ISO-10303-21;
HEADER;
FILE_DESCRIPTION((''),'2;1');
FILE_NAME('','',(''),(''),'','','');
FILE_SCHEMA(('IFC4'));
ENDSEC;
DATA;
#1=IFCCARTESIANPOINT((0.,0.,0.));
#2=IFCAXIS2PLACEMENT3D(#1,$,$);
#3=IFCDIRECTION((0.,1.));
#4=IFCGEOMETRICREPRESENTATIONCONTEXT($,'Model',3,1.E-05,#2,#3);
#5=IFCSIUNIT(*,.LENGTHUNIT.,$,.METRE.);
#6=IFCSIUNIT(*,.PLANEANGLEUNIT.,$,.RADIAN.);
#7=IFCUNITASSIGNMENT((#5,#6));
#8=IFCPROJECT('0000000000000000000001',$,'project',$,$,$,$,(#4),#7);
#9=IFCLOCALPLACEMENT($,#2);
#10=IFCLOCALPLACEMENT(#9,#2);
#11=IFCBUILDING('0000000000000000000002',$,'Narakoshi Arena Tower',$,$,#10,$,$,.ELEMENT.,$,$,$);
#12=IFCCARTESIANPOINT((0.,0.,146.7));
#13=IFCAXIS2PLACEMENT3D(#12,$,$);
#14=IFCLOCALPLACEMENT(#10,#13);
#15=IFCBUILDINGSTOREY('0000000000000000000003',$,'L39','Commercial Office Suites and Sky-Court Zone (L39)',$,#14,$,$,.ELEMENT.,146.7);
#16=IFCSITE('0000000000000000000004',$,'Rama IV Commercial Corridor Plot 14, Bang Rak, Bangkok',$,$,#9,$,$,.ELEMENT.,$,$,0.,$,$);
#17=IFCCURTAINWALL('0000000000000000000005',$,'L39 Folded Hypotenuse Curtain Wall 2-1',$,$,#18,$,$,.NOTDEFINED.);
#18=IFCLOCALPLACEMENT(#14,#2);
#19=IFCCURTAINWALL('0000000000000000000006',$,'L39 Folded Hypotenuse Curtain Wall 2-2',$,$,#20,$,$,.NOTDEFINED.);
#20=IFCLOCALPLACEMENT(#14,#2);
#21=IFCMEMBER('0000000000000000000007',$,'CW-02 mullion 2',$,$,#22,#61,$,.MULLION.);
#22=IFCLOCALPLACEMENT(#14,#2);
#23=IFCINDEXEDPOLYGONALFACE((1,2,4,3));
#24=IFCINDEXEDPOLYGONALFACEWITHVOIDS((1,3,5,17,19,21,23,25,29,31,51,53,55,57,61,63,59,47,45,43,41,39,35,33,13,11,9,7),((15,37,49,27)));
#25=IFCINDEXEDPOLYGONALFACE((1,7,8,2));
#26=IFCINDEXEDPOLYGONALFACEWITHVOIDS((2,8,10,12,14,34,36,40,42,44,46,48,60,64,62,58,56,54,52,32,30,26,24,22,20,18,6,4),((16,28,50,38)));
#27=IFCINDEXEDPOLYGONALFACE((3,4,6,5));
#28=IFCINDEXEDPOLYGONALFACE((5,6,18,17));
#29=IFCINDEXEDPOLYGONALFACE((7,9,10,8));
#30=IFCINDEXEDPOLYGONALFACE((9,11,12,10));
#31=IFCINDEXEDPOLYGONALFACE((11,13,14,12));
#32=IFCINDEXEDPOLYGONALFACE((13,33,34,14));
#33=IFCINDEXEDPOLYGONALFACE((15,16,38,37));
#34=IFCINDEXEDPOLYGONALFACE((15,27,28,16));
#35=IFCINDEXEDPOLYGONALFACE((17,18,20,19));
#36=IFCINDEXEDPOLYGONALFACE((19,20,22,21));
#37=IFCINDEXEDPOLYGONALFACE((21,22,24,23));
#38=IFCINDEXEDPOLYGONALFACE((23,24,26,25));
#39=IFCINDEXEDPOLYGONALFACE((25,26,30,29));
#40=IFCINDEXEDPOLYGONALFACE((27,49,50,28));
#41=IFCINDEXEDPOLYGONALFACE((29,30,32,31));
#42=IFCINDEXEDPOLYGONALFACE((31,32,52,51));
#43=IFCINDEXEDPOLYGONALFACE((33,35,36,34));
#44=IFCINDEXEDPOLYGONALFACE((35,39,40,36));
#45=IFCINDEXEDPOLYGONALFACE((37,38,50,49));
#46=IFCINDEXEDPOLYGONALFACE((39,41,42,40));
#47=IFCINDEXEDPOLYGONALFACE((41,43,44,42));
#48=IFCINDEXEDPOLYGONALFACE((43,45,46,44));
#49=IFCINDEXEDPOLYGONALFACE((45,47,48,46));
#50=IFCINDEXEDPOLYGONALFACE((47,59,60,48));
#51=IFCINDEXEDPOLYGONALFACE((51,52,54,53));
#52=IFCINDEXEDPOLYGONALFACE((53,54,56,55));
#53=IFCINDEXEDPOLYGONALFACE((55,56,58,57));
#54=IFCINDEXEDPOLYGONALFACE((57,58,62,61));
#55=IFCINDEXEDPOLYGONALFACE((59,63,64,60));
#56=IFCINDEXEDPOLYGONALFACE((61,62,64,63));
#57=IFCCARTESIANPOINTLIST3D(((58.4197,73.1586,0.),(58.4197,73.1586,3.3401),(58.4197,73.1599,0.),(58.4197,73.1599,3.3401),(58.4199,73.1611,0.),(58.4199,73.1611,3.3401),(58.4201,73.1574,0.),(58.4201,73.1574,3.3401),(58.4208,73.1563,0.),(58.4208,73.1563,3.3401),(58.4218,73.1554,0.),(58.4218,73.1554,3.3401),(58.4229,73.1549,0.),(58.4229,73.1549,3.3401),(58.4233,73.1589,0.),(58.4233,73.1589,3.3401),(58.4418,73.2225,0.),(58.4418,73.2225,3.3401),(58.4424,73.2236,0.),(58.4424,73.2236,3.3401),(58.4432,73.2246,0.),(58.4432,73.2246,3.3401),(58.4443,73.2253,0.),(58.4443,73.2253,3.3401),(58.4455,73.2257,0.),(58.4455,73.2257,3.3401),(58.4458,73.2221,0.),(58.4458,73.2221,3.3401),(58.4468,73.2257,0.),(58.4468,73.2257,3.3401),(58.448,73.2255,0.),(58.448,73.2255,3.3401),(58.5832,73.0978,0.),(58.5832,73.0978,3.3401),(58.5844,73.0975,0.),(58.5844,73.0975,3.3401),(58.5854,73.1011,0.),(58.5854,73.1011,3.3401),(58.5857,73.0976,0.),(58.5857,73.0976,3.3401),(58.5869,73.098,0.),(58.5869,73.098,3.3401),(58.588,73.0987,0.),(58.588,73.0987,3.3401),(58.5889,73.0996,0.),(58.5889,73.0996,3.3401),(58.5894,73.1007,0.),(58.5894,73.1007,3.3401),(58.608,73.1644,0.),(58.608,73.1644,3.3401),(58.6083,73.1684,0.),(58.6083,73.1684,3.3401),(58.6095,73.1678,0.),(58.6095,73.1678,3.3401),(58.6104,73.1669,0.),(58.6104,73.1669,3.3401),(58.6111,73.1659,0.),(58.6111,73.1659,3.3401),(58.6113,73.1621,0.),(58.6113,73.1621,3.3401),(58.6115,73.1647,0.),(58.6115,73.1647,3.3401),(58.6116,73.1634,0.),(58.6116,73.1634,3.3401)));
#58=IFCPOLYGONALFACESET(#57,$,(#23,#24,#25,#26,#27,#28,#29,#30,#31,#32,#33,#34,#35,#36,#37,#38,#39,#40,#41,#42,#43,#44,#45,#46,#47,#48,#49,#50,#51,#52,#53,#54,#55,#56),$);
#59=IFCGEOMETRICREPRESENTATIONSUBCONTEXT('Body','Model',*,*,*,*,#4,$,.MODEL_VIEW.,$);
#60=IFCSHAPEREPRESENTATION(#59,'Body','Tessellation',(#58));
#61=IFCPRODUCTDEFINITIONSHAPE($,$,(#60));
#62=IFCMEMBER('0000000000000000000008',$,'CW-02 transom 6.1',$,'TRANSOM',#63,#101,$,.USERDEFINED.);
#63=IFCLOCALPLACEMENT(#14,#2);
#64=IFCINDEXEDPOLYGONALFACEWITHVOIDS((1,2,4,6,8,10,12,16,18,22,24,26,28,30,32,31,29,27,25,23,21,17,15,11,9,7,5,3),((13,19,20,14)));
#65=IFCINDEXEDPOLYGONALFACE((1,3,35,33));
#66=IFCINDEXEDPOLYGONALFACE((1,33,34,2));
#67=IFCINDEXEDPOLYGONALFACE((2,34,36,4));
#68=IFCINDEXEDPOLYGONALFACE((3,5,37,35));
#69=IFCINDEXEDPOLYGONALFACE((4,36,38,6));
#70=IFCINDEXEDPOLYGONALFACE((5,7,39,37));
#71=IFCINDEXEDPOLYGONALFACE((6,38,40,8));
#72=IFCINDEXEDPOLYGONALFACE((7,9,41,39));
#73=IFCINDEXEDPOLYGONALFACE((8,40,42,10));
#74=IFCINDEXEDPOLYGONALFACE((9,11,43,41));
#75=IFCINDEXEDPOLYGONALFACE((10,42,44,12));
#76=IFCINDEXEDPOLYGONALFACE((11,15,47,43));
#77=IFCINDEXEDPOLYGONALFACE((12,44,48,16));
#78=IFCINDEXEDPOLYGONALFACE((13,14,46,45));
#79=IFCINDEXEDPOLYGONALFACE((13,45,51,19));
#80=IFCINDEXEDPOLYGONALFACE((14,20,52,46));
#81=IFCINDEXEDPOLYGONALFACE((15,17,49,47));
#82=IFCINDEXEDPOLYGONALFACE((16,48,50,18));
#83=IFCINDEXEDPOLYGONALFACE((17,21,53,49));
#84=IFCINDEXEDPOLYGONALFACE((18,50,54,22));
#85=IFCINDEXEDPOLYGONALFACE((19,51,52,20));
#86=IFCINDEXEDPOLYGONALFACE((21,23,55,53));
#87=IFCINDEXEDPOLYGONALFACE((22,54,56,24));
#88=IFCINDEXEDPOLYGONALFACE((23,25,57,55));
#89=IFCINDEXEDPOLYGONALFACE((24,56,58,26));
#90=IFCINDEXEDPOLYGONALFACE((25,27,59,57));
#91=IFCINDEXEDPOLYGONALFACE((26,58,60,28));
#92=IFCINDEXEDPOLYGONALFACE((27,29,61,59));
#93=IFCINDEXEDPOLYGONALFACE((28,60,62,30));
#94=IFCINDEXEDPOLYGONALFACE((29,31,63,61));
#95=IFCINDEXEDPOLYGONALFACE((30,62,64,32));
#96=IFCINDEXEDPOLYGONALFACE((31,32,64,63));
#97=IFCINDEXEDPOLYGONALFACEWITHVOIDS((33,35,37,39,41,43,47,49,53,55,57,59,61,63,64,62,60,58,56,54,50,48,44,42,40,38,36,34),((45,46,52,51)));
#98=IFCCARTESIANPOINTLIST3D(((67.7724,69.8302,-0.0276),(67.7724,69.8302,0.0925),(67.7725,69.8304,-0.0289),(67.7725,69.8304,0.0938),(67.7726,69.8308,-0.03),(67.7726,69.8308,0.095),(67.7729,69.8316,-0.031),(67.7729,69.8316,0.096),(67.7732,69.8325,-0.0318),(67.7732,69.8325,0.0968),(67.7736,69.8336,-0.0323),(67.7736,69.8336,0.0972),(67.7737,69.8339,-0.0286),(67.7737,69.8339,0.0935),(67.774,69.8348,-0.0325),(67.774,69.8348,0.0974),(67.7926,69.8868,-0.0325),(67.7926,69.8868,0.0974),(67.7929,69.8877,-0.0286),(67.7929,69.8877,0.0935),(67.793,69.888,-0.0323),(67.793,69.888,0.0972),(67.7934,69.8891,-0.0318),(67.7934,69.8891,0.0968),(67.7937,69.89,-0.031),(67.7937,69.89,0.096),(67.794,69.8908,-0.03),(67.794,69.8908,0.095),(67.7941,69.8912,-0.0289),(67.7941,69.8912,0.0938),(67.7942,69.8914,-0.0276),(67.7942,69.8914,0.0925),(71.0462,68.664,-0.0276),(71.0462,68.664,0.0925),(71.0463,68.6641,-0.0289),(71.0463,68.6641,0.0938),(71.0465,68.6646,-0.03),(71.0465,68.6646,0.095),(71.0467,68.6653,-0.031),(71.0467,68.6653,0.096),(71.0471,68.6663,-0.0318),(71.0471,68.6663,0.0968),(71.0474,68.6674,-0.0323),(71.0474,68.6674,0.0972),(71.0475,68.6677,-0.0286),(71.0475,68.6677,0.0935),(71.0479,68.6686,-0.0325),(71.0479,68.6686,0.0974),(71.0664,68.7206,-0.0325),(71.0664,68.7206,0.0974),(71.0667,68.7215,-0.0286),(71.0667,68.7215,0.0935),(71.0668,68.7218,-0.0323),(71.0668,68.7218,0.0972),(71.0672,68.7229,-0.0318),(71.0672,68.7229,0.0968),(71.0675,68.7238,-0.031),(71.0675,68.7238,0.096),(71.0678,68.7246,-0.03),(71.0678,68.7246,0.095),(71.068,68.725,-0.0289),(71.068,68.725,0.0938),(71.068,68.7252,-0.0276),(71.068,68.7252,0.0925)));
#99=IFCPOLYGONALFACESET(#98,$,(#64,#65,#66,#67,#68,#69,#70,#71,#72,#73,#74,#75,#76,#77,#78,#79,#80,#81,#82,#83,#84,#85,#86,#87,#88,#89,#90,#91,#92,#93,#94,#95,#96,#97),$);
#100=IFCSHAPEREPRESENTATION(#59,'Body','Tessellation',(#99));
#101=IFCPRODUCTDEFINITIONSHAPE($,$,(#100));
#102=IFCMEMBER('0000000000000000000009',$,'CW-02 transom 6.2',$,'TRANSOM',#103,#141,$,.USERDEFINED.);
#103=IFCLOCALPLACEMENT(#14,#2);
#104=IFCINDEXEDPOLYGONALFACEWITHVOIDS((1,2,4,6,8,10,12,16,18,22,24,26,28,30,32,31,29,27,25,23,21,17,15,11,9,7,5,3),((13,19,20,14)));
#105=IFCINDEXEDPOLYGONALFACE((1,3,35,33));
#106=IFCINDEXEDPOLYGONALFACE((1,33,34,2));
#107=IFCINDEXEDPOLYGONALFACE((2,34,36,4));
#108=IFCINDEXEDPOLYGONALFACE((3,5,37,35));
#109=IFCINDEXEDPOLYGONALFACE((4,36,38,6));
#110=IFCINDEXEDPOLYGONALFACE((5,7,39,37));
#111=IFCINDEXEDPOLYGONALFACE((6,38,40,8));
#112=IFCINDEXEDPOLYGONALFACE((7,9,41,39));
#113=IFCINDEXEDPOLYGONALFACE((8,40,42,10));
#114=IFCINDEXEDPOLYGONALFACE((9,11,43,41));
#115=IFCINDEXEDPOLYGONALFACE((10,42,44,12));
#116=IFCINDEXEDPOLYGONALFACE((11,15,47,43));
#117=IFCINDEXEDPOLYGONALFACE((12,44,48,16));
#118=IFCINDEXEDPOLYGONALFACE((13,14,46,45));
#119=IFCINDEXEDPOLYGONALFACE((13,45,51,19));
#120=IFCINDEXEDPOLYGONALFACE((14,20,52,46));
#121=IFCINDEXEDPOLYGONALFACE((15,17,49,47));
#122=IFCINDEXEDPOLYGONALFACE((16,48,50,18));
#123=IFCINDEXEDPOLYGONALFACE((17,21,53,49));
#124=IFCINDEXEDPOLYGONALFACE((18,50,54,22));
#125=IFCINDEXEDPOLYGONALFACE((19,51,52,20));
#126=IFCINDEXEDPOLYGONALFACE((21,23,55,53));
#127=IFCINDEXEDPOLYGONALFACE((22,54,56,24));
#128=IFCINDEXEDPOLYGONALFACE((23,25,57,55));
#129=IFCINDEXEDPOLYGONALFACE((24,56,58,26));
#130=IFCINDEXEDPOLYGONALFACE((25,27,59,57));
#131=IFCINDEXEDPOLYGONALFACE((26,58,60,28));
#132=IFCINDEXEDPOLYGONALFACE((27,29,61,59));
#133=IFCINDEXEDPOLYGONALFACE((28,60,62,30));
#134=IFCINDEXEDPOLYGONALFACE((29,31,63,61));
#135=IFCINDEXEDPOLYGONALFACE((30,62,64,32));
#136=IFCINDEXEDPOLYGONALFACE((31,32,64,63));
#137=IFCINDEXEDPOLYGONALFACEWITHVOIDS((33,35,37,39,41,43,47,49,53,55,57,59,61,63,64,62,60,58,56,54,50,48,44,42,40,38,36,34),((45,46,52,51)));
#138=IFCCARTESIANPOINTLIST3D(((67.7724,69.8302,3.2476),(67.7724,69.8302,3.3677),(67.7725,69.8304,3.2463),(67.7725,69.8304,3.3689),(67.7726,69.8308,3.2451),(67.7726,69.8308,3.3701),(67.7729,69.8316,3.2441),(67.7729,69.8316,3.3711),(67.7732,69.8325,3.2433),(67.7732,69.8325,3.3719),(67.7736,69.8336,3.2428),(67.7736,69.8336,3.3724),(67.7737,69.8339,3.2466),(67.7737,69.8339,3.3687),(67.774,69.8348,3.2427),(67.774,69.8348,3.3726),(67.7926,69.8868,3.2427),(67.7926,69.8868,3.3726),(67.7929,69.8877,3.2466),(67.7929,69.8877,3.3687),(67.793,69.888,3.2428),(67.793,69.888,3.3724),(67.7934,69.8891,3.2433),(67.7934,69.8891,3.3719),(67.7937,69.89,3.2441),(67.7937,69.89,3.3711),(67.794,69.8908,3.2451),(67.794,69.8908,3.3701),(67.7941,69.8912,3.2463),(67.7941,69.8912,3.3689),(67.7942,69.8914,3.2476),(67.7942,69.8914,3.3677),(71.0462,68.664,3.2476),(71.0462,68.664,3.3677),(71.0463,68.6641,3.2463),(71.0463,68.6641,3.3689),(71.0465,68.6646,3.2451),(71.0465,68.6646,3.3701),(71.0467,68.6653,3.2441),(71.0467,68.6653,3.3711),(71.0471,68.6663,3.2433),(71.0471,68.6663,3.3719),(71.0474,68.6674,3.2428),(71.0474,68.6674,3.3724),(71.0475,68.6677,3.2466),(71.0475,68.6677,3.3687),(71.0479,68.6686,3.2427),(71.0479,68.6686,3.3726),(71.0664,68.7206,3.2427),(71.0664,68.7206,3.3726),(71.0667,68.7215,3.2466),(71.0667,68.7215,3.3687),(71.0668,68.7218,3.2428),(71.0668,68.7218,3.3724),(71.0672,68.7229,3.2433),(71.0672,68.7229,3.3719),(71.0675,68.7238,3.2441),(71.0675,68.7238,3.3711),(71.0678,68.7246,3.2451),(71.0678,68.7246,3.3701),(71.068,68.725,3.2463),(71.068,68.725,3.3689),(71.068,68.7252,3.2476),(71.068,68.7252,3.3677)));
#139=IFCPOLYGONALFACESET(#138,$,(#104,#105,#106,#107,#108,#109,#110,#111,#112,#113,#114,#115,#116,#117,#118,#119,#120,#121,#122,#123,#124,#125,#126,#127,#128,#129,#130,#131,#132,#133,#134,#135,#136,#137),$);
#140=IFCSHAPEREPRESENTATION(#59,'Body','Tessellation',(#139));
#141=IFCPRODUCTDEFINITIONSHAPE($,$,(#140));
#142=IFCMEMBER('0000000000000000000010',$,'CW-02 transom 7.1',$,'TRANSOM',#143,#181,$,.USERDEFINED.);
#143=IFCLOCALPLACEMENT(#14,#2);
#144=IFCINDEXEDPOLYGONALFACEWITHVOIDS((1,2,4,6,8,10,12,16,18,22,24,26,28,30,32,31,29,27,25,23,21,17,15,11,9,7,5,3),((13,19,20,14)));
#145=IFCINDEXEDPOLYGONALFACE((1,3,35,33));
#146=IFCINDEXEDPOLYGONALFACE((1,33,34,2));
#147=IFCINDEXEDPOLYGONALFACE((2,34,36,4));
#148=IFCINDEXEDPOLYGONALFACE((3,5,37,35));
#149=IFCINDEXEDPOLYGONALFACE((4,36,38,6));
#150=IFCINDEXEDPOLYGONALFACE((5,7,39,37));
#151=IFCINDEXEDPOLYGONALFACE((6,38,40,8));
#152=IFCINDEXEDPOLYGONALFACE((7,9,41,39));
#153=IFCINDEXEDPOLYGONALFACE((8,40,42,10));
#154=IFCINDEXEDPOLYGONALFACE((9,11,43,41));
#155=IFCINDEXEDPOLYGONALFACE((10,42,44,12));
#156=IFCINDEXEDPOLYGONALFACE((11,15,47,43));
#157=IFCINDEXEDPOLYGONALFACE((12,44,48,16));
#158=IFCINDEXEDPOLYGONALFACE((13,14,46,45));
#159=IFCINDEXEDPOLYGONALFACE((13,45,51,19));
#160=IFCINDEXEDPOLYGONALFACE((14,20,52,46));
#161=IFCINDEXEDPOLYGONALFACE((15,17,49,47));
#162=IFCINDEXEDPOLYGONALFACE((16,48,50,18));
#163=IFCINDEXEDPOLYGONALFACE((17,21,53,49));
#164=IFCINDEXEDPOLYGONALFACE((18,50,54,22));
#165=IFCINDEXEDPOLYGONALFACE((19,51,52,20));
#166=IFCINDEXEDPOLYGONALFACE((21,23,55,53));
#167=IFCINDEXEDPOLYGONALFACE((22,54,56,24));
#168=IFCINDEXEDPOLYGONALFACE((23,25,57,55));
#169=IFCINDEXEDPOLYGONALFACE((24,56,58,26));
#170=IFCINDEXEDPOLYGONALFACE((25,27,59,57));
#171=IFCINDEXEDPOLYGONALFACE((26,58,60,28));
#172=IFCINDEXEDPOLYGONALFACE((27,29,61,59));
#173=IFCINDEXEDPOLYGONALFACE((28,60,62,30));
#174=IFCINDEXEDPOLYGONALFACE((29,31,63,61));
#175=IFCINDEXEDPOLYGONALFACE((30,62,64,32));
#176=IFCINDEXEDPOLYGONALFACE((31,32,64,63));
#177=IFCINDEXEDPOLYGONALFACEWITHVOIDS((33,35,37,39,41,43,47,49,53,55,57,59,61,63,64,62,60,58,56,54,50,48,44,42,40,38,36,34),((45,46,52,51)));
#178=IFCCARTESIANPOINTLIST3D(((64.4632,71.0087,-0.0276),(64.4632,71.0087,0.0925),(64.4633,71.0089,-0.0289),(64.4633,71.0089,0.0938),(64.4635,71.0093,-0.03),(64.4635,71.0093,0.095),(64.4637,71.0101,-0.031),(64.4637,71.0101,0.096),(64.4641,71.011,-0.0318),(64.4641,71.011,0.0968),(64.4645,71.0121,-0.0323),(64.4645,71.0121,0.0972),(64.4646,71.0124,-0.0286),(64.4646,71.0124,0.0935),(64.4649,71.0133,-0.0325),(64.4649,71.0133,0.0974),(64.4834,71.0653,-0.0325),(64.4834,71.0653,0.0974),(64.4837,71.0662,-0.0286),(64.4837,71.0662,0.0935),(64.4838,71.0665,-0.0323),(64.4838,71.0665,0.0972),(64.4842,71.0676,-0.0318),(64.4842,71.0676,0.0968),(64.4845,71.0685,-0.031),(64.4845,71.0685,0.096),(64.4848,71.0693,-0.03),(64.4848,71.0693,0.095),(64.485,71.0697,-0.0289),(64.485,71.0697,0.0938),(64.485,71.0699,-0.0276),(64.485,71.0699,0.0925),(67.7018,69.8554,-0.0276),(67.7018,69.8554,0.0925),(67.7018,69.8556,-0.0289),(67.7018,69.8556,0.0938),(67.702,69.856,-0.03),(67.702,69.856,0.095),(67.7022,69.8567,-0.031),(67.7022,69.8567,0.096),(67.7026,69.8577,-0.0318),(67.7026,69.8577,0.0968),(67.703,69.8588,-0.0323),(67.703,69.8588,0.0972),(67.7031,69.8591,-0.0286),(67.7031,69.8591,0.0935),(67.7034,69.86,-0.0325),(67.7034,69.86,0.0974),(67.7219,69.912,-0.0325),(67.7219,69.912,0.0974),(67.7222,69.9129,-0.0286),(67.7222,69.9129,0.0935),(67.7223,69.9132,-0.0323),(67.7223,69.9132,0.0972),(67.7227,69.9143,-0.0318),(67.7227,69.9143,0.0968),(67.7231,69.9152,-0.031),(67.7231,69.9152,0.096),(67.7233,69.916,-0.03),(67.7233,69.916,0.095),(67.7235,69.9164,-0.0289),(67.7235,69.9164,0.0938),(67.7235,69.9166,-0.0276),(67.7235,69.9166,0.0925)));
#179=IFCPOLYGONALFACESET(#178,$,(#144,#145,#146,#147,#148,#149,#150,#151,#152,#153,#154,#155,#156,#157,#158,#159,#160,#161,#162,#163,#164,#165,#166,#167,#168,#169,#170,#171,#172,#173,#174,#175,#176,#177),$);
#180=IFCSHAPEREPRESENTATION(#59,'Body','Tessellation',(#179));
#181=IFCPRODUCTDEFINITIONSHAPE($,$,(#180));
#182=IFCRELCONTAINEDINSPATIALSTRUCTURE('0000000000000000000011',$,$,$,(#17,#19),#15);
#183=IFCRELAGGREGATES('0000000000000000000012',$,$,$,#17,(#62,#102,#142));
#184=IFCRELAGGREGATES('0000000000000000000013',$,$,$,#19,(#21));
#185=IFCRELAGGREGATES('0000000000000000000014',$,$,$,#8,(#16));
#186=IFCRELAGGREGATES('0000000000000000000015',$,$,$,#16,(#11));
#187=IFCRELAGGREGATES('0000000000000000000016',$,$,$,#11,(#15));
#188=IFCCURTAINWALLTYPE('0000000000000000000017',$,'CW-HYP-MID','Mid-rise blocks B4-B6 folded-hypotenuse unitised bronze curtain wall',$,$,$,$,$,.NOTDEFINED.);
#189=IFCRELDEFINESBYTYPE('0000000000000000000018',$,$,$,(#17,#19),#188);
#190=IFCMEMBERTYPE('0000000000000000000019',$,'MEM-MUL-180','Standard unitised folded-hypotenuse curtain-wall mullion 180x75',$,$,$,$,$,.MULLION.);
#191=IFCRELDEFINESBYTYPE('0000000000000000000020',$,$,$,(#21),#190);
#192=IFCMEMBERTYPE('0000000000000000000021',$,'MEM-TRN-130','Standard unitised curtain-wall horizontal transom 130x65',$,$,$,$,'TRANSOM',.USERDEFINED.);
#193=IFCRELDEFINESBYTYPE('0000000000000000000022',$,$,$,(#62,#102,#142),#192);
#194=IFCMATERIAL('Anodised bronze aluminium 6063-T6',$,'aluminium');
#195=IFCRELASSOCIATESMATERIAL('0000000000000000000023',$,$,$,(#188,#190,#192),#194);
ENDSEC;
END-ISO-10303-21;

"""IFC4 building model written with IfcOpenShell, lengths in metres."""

from ifc_helpers import new_model, si_unit, direction, frame, origin, origin_2d, place, context, subcontext, project, spatial, hollow_rectangle, extrude, material, material_profile, profile_set, type_object, element, aggregate, save


model = new_model("IFC4")

# Units and contexts
model_context = context("Model", 3, precision=1e-05, world=origin(), true_north=direction((0.0, 1.0)))
body_context = subcontext(model_context, "Body", "Model", "MODEL_VIEW")
ifc_project = project(units=[si_unit("LENGTHUNIT", "METRE"), si_unit("PLANEANGLEUNIT", "RADIAN")], contexts=[model_context])

# Site, building, storey
site_placement = place(None, origin())
site = spatial("IfcSite", under=ifc_project, at=site_placement, Name="Rama IV Commercial Corridor Plot 14, Bang Rak, Bangkok", CompositionType="ELEMENT", RefElevation=0.0)
building_placement = place(site_placement, origin())
building = spatial("IfcBuilding", under=site, at=building_placement, Name="Narakoshi Arena Tower", CompositionType="ELEMENT")
storey_placement = place(building_placement, frame((0.0, 0.0, 146.7)))
storey = spatial("IfcBuildingStorey", under=building, at=storey_placement, Name="L39", Description="Commercial Office Suites and Sky-Court Zone (L39)", CompositionType="ELEMENT", Elevation=146.7)

# Curtain walls, member
ifc_material_1 = material(Name="Anodised bronze aluminium 6063-T6", Category="aluminium")
curtain_wall_type = type_object("IfcCurtainWallType", Name="CW-HYP-MID", Description="Mid-rise blocks B4-B6 folded-hypotenuse unitised bronze curtain wall", PredefinedType="NOTDEFINED", material=ifc_material_1)
curtain_wall_1_placement = place(storey_placement, origin())
curtain_wall_1 = element("IfcCurtainWall", 1, at=curtain_wall_1_placement, inside=storey, type_object=curtain_wall_type, Name="L39 Folded Hypotenuse Curtain Wall 2-1", PredefinedType="NOTDEFINED")
ifc_material_profile_1 = material_profile(ifc_material_1, hollow_rectangle(XDim=0.075, YDim=0.1799, WallThickness=0.0039, OuterFilletRadius=0.0049, at=origin_2d()), Name="MUL180x75x4")
ifc_profile_set_1 = profile_set([ifc_material_profile_1], Name="Anodised bronze aluminium 6063-T6")
member_type_1 = type_object("IfcMemberType", Name="MEM-MUL-180", Description="Standard unitised folded-hypotenuse curtain-wall mullion 180x75", PredefinedType="MULLION", material=ifc_profile_set_1)
curtain_wall_2_placement = place(storey_placement, origin())
curtain_wall_2 = element("IfcCurtainWall", 2, at=curtain_wall_2_placement, inside=storey, type_object=curtain_wall_type, Name="L39 Folded Hypotenuse Curtain Wall 2-2", PredefinedType="NOTDEFINED")
member_1_placement = place(storey_placement, frame((58.5156, 73.1616, 0.0), z_axis=(0.0, 0.0, 1.0), x_axis=(-0.335542, -0.942025, 0.0)))
member_1 = element("IfcMember", 3, at=member_1_placement, type_object=member_type_1, Name="CW-02 mullion 2", PredefinedType="MULLION", context=body_context, shape_type="SweptSolid", body=[
    extrude(hollow_rectangle(XDim=0.075, YDim=0.1799, WallThickness=0.0039, OuterFilletRadius=0.0049, at=origin_2d()), origin(), (0.0, 0.0, 1.0), 3.3401),
])

# Members
ifc_material_profile_2 = material_profile(ifc_material_1, hollow_rectangle(XDim=0.0649, YDim=0.1299, WallThickness=0.0039, OuterFilletRadius=0.0049, at=origin_2d()), Name="TRN130x65x4")
ifc_profile_set_2 = profile_set([ifc_material_profile_2], Name="Anodised bronze aluminium 6063-T6")
member_type_2 = type_object("IfcMemberType", Name="MEM-TRN-130", Description="Standard unitised curtain-wall horizontal transom 130x65", ElementType="TRANSOM", PredefinedType="USERDEFINED", material=ifc_profile_set_2)
member_2_placement = place(storey_placement, frame((71.0571, 68.6946, 0.0325), z_axis=(-0.942015, 0.335571, 0.0), x_axis=(-0.335571, -0.942015, 0.0)))
member_2 = element("IfcMember", 4, at=member_2_placement, type_object=member_type_2, Name="CW-02 transom 6.1", ObjectType="TRANSOM", PredefinedType="USERDEFINED", context=body_context, shape_type="SweptSolid", body=[
    extrude(hollow_rectangle(XDim=0.0649, YDim=0.1299, WallThickness=0.0039, OuterFilletRadius=0.0049, at=origin_2d()), origin(), (0.0, 0.0, 1.0), 3.4753),
])
member_3_placement = place(storey_placement, frame((71.0571, 68.6946, 3.3076), z_axis=(-0.942015, 0.335571, 0.0), x_axis=(-0.335571, -0.942015, 0.0)))
member_3 = element("IfcMember", 5, at=member_3_placement, type_object=member_type_2, Name="CW-02 transom 6.2", ObjectType="TRANSOM", PredefinedType="USERDEFINED", context=body_context, shape_type="SweptSolid", body=[
    extrude(hollow_rectangle(XDim=0.0649, YDim=0.1299, WallThickness=0.0039, OuterFilletRadius=0.0049, at=origin_2d()), origin(), (0.0, 0.0, 1.0), 3.4753),
])
member_4_placement = place(storey_placement, frame((67.7126, 69.886, 0.0325), z_axis=(-0.942045, 0.335486, 0.0), x_axis=(-0.335486, -0.942045, 0.0)))
member_4 = element("IfcMember", 6, at=member_4_placement, type_object=member_type_2, Name="CW-02 transom 7.1", ObjectType="TRANSOM", PredefinedType="USERDEFINED", context=body_context, shape_type="SweptSolid", body=[
    extrude(hollow_rectangle(XDim=0.0649, YDim=0.1299, WallThickness=0.0039, OuterFilletRadius=0.0049, at=origin_2d()), origin(), (0.0, 0.0, 1.0), 3.4377),
])

aggregate(curtain_wall_1, [member_2, member_3, member_4])
aggregate(curtain_wall_2, [member_1])

save(model, "model.ifc")
